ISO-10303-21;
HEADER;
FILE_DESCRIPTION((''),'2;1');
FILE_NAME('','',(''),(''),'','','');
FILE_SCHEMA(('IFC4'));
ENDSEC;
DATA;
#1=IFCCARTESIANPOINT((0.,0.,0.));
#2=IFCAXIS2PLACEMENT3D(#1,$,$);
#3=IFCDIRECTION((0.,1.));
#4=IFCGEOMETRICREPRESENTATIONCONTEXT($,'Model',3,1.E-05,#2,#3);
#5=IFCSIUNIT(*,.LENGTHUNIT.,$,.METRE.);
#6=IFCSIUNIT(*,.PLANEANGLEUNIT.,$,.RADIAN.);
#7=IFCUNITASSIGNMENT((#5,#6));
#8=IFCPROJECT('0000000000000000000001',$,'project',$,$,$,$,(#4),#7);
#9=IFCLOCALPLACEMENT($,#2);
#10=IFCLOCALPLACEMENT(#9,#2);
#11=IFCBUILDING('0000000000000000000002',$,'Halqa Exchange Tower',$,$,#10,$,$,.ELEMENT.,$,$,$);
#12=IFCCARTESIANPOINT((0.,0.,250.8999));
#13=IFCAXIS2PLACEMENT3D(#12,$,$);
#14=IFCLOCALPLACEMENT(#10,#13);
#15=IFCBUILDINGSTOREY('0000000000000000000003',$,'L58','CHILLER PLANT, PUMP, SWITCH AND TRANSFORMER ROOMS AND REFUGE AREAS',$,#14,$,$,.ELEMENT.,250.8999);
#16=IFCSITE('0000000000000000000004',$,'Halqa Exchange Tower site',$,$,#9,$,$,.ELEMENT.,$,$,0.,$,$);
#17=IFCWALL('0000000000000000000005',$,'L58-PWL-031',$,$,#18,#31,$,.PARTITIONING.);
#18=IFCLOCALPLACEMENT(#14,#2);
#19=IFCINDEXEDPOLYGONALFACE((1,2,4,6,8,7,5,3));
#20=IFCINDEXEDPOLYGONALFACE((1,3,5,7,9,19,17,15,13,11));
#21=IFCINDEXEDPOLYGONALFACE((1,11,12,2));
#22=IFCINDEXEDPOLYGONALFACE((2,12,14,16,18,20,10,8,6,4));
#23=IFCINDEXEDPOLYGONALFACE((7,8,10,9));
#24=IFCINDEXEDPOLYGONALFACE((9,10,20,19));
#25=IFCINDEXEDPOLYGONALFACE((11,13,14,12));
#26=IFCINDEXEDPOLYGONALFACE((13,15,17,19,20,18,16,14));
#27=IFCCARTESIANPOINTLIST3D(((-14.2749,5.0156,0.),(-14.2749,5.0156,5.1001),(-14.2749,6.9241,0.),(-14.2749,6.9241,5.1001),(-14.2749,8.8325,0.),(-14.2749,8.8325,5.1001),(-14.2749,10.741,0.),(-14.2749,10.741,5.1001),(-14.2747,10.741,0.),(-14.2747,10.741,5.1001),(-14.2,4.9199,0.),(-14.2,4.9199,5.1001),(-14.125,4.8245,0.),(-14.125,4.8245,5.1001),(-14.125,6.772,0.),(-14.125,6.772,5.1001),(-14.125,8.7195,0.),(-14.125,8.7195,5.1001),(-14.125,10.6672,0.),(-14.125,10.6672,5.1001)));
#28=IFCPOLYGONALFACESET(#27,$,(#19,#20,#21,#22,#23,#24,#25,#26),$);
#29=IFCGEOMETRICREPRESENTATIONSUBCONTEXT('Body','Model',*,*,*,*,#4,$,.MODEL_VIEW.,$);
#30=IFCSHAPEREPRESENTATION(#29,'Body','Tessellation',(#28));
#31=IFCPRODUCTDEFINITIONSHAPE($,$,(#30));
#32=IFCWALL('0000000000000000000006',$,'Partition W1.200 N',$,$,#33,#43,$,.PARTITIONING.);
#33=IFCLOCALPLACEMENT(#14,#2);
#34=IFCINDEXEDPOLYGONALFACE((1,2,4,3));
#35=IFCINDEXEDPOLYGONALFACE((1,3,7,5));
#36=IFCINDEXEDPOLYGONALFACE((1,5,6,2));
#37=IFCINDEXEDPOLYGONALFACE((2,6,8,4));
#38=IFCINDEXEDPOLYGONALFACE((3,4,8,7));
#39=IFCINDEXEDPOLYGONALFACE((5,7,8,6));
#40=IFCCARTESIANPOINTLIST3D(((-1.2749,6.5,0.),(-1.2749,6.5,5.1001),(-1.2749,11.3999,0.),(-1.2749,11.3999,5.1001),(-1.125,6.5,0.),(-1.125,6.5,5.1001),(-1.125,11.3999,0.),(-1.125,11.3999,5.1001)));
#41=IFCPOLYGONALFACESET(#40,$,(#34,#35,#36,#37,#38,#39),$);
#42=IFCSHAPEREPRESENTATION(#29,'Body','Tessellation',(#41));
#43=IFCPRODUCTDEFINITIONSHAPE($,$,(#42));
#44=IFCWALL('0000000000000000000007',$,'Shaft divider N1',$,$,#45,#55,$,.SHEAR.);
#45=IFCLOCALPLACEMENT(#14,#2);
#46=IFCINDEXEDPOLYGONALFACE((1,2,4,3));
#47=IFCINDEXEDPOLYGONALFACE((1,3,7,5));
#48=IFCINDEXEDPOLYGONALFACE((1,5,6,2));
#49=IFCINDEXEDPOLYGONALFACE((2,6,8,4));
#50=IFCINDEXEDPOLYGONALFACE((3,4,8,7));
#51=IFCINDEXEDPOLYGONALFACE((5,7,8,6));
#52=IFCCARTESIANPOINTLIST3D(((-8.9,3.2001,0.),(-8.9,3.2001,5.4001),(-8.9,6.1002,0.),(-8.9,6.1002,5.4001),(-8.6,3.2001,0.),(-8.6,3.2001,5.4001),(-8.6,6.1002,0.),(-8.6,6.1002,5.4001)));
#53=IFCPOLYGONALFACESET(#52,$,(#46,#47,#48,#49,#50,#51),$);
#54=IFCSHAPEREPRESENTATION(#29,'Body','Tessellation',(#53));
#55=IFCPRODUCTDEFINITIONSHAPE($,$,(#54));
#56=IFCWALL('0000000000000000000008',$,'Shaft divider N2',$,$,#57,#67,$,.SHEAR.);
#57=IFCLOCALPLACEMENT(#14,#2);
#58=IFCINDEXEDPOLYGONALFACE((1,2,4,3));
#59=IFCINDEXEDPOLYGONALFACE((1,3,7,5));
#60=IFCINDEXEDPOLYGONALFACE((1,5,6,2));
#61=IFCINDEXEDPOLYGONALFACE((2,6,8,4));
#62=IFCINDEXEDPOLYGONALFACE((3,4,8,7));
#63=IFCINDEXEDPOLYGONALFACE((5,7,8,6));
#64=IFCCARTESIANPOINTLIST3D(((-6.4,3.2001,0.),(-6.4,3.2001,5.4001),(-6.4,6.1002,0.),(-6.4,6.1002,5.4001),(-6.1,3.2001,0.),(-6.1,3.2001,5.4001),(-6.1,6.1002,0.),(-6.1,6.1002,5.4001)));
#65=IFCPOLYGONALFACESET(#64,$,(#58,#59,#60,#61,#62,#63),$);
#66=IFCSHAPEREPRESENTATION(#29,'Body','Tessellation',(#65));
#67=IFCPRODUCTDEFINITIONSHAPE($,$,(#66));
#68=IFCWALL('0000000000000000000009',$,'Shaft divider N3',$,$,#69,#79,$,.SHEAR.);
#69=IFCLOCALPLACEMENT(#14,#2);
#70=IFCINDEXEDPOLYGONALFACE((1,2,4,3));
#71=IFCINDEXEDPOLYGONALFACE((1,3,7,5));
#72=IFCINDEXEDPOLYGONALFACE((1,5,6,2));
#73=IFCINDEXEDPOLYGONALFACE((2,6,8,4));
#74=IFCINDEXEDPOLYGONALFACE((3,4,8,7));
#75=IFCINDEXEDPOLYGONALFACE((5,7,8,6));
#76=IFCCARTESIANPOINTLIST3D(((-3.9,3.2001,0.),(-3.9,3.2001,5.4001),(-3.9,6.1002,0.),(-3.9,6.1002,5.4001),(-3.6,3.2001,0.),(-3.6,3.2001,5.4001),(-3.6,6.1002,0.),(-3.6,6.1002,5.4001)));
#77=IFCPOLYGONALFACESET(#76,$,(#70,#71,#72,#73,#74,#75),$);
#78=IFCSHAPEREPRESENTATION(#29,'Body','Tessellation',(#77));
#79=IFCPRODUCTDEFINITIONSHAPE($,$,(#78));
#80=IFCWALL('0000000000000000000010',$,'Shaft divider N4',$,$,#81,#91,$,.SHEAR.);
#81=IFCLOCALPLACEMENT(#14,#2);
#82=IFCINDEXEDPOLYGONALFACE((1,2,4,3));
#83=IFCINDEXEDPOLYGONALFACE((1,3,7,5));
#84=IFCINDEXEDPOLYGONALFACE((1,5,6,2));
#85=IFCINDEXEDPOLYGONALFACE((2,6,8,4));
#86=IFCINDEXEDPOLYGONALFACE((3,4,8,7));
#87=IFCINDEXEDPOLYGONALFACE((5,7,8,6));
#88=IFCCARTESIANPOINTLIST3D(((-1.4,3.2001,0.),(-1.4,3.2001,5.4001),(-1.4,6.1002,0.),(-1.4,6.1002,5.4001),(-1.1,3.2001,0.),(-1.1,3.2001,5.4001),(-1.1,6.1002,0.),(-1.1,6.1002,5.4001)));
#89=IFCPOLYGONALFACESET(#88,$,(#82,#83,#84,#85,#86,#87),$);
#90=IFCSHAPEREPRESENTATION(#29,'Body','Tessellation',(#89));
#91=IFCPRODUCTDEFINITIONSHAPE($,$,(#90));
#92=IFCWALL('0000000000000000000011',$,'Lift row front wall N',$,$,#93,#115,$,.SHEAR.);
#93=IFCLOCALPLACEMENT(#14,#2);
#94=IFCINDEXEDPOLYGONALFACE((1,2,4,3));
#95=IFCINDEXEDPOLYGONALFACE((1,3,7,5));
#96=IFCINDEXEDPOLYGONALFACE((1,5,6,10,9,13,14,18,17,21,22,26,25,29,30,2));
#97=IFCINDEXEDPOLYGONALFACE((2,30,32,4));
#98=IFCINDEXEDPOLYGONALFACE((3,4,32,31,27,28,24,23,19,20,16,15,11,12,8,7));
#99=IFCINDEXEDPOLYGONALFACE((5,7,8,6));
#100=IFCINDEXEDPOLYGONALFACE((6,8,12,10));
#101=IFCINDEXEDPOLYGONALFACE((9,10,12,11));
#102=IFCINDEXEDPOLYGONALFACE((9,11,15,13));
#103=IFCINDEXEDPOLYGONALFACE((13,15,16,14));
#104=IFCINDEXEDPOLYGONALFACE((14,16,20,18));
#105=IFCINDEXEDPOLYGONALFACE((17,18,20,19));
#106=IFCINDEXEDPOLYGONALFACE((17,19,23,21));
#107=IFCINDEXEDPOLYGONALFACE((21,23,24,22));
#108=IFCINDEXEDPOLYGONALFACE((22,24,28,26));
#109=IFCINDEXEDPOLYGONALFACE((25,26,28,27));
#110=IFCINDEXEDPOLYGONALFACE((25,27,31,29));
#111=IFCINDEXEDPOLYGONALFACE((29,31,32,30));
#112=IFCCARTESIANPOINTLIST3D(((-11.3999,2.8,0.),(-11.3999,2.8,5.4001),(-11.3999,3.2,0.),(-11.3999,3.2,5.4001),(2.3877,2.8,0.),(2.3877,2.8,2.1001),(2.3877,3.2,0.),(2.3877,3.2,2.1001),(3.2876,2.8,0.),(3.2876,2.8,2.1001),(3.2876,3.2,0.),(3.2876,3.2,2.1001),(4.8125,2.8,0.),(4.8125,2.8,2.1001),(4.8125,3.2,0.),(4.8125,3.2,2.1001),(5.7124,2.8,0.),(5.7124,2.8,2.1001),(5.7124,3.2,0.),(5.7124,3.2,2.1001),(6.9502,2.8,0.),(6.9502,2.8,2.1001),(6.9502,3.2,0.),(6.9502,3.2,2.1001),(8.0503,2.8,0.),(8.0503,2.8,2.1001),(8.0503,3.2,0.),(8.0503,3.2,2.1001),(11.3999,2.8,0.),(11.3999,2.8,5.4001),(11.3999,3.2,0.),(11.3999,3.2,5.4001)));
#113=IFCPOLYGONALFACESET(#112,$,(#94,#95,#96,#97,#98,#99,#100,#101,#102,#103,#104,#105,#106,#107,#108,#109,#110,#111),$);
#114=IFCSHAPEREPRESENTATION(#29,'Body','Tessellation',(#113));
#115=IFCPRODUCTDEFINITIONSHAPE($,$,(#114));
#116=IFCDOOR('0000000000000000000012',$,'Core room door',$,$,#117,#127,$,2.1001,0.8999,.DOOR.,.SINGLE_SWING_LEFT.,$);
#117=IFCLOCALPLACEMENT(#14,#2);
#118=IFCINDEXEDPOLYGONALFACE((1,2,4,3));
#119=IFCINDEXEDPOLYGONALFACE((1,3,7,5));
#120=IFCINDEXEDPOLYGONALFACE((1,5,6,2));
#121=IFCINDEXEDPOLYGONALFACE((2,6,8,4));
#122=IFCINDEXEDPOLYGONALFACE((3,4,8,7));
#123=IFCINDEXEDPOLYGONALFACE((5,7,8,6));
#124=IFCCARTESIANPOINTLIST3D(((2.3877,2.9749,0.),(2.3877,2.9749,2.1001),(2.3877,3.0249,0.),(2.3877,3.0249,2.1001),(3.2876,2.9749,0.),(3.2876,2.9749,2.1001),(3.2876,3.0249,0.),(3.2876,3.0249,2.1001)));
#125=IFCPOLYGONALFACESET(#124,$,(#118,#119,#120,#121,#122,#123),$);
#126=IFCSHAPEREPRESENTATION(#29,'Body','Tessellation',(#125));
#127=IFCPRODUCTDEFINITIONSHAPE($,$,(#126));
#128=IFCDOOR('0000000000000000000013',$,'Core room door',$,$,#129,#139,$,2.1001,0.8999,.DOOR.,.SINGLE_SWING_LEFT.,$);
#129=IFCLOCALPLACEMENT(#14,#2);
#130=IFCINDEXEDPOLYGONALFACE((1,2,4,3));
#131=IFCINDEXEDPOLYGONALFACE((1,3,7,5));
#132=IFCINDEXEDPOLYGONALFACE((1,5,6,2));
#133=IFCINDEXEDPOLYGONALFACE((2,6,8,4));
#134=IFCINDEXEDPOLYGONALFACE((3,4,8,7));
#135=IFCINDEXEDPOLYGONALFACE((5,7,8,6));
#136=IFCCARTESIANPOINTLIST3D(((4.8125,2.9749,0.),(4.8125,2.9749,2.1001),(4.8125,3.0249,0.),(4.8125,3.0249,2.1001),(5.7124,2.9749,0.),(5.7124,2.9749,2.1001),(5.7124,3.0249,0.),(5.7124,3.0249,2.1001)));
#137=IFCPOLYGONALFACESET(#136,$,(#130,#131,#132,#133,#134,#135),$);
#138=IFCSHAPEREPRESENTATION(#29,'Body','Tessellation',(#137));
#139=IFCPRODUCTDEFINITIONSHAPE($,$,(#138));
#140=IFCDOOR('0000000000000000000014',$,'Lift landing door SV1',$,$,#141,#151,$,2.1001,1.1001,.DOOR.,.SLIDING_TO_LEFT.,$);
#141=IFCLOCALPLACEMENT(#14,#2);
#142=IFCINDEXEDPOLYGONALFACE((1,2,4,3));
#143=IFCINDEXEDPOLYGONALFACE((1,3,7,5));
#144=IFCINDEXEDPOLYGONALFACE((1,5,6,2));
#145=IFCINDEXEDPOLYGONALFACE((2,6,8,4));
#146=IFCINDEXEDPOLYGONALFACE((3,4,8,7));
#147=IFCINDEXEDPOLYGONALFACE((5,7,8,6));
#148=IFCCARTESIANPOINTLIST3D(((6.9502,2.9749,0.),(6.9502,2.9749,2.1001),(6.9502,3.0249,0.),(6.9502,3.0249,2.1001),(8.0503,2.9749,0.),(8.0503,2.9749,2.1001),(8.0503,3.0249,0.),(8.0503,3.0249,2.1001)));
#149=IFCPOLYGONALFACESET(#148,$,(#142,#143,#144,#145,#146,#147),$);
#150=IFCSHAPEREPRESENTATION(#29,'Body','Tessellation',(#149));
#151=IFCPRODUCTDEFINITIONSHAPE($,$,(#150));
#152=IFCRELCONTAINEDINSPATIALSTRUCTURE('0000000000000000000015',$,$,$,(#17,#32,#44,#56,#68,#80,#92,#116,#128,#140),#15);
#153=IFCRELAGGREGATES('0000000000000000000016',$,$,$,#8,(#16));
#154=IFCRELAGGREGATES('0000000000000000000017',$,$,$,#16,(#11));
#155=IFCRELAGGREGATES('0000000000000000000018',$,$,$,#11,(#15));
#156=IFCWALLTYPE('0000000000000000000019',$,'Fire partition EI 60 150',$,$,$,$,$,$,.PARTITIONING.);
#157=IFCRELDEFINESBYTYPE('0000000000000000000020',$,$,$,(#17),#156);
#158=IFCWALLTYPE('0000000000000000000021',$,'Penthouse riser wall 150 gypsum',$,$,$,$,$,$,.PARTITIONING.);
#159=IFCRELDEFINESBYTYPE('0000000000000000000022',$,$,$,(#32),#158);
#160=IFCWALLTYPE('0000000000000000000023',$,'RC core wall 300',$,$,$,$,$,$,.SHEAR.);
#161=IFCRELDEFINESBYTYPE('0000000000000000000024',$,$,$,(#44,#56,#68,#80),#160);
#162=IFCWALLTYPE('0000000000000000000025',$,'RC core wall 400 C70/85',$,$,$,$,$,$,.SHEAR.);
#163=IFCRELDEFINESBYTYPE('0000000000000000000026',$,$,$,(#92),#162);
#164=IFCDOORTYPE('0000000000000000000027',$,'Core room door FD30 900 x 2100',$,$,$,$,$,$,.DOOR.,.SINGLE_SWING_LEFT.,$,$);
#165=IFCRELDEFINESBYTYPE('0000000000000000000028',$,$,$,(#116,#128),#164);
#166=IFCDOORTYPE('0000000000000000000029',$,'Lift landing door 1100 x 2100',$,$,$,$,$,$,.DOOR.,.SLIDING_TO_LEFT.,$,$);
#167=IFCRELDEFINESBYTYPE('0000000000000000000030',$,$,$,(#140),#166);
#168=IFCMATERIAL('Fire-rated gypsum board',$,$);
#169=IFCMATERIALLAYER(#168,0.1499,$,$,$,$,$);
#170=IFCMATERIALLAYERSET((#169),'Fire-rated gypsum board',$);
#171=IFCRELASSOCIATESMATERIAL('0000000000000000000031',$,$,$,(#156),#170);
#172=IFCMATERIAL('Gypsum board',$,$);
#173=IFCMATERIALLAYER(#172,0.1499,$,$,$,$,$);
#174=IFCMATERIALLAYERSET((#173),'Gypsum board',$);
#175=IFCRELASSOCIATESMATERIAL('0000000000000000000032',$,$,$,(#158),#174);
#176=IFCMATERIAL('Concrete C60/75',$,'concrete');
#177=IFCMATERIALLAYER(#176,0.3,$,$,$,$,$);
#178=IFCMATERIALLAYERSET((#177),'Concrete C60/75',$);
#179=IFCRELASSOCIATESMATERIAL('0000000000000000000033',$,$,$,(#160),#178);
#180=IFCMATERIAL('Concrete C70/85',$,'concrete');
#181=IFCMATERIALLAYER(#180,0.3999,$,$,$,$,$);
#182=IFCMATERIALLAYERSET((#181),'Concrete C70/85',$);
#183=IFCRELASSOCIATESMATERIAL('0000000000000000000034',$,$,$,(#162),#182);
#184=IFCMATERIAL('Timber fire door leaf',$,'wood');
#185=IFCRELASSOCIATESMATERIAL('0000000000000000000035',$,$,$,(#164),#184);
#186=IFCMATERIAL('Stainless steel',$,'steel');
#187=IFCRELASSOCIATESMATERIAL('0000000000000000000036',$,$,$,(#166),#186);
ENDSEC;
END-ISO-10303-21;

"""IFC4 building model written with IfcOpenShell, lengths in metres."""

from ifc_helpers import new_model, si_unit, direction, frame, frame_2d, origin, place, context, subcontext, project, spatial, polyline, rectangle, outline, extrude, material, layer, layer_set, type_object, element, fill, save


model = new_model("IFC4")

# Units and contexts
model_context = context("Model", 3, precision=1e-05, world=origin(), true_north=direction((0.0, 1.0)))
body_context = subcontext(model_context, "Body", "Model", "MODEL_VIEW")
ifc_project = project(units=[si_unit("LENGTHUNIT", "METRE"), si_unit("PLANEANGLEUNIT", "RADIAN")], contexts=[model_context])

# Site, building, storey
site_placement = place(None, origin())
site = spatial("IfcSite", under=ifc_project, at=site_placement, Name="Halqa Exchange Tower site", CompositionType="ELEMENT", RefElevation=0.0)
building_placement = place(site_placement, origin())
building = spatial("IfcBuilding", under=site, at=building_placement, Name="Halqa Exchange Tower", CompositionType="ELEMENT")
storey_placement = place(building_placement, frame((0.0, 0.0, 250.8999)))
storey = spatial("IfcBuildingStorey", under=building, at=storey_placement, Name="L58", Description="CHILLER PLANT, PUMP, SWITCH AND TRANSFORMER ROOMS AND REFUGE AREAS", CompositionType="ELEMENT", Elevation=250.8999)

# Walls
ifc_material_1 = material(Name="Fire-rated gypsum board")
ifc_layer_1 = layer(ifc_material_1, 0.1499)
ifc_layer_set_1 = layer_set([ifc_layer_1], Name="Fire-rated gypsum board")
wall_type_1 = type_object("IfcWallType", Name="Fire partition EI 60 150", PredefinedType="PARTITIONING", material=ifc_layer_set_1)
wall_1_placement = place(storey_placement, frame((-14.2, 4.8245, 0.0), z_axis=(0.0, 0.0, 1.0), x_axis=(0.0, 1.0, 0.0)))
element("IfcWall", 1, at=wall_1_placement, inside=storey, type_object=wall_type_1, Name="L58-PWL-031", PredefinedType="PARTITIONING", context=body_context, shape_type="SweptSolid", body=[
    extrude(outline(polyline([(0.0, -0.075), (1.9475, -0.075), (3.895, -0.075), (5.8428, -0.075), (5.9165, 0.0747), (5.9165, 0.075), (4.0081, 0.075), (2.0996, 0.075), (0.1912, 0.075), (0.0955, 0.0), (0.0, -0.075), (0.0, -0.075)])), origin(), (0.0, 0.0, 1.0), 5.1001),
])
ifc_material_2 = material(Name="Gypsum board")
ifc_layer_2 = layer(ifc_material_2, 0.1499)
ifc_layer_set_2 = layer_set([ifc_layer_2], Name="Gypsum board")
wall_type_2 = type_object("IfcWallType", Name="Penthouse riser wall 150 gypsum", PredefinedType="PARTITIONING", material=ifc_layer_set_2)
wall_2_placement = place(storey_placement, frame((-1.2, 6.5, 0.0), z_axis=(0.0, 0.0, 1.0), x_axis=(0.0, 1.0, 0.0)))
element("IfcWall", 2, at=wall_2_placement, inside=storey, type_object=wall_type_2, Name="Partition W1.200 N", PredefinedType="PARTITIONING", context=body_context, shape_type="SweptSolid", body=[
    extrude(rectangle(XDim=4.8999, YDim=0.1499, at=frame_2d((2.45, 0.0))), origin(), (0.0, 0.0, 1.0), 5.1001),
])
ifc_material_3 = material(Name="Concrete C60/75", Category="concrete")
ifc_layer_3 = layer(ifc_material_3, 0.3)
ifc_layer_set_3 = layer_set([ifc_layer_3], Name="Concrete C60/75")
wall_type_3 = type_object("IfcWallType", Name="RC core wall 300", PredefinedType="SHEAR", material=ifc_layer_set_3)
for number, where, z_axis, x_axis, name in (
    (3, (-8.75, 3.2, 0.0), (0.0, 0.0, 1.0), (0.0, 1.0, 0.0), "Shaft divider N1"),
    (4, (-6.25, 3.2, 0.0), (0.0, 0.0, 1.0), (0.0, 1.0, 0.0), "Shaft divider N2"),
    (5, (-3.75, 3.2, 0.0), (0.0, 0.0, 1.0), (0.0, 1.0, 0.0), "Shaft divider N3"),
    (6, (-1.25, 3.2, 0.0), (0.0, 0.0, 1.0), (0.0, 1.0, 0.0), "Shaft divider N4"),
):
    element("IfcWall", number, at=place(storey_placement, frame(where, z_axis=z_axis, x_axis=x_axis)), inside=storey, type_object=wall_type_3, Name=name, PredefinedType="SHEAR", context=body_context, shape_type="SweptSolid", body=[
        extrude(rectangle(XDim=2.9001, YDim=0.3, at=frame_2d((1.4502, 0.0))), origin(), (0.0, 0.0, 1.0), 5.4001),
    ])

# Wall, openings, doors
ifc_material_4 = material(Name="Concrete C70/85", Category="concrete")
ifc_layer_4 = layer(ifc_material_4, 0.3999)
ifc_layer_set_4 = layer_set([ifc_layer_4], Name="Concrete C70/85")
wall_type_4 = type_object("IfcWallType", Name="RC core wall 400 C70/85", PredefinedType="SHEAR", material=ifc_layer_set_4)
wall_3_placement = place(storey_placement, frame((-11.3999, 3.0, 0.0), z_axis=(0.0, 0.0, 1.0), x_axis=(1.0, 0.0, 0.0)))
wall_3 = element("IfcWall", 7, at=wall_3_placement, inside=storey, type_object=wall_type_4, Name="Lift row front wall N", PredefinedType="SHEAR", context=body_context, shape_type="SweptSolid", body=[
    extrude(rectangle(XDim=22.7998, YDim=0.3999, at=frame_2d((11.3999, 0.0))), origin(), (0.0, 0.0, 1.0), 5.4001),
])
opening_1_placement = place(wall_3_placement, frame((18.3501, 0.0, 0.0)))
opening_1 = element("IfcOpeningElement", 8, at=opening_1_placement, cuts=wall_3, PredefinedType="OPENING", context=body_context, shape_type="SweptSolid", body=[
    extrude(rectangle(XDim=1.1001, YDim=2.1001, at=frame_2d((0.55, 1.05))), frame((0.0, 0.2119, 0.0), z_axis=(0.0, -1.0, 0.0), x_axis=(1.0, 0.0, 0.0)), (0.0, 0.0, 1.0), 0.4238),
])
opening_2_placement = place(wall_3_placement, frame((13.7876, 0.0, 0.0)))
opening_2 = element("IfcOpeningElement", 9, at=opening_2_placement, cuts=wall_3, PredefinedType="OPENING", context=body_context, shape_type="SweptSolid", body=[
    extrude(rectangle(XDim=0.8999, YDim=2.1001, at=frame_2d((0.45, 1.05))), frame((0.0, 0.2119, 0.0), z_axis=(0.0, -1.0, 0.0), x_axis=(1.0, 0.0, 0.0)), (0.0, 0.0, 1.0), 0.4238),
])
opening_3_placement = place(wall_3_placement, frame((16.2124, 0.0, 0.0)))
opening_3 = element("IfcOpeningElement", 10, at=opening_3_placement, cuts=wall_3, PredefinedType="OPENING", context=body_context, shape_type="SweptSolid", body=[
    extrude(rectangle(XDim=0.8999, YDim=2.1001, at=frame_2d((0.45, 1.05))), frame((0.0, 0.2119, 0.0), z_axis=(0.0, -1.0, 0.0), x_axis=(1.0, 0.0, 0.0)), (0.0, 0.0, 1.0), 0.4238),
])
ifc_material_5 = material(Name="Timber fire door leaf", Category="wood")
door_type_1 = type_object("IfcDoorType", Name="Core room door FD30 900 x 2100", OperationType="SINGLE_SWING_LEFT", PredefinedType="DOOR", material=ifc_material_5)
door_1_placement = place(opening_2_placement, origin())
door_1 = element("IfcDoor", 11, at=door_1_placement, inside=storey, type_object=door_type_1, Name="Core room door", OperationType="SINGLE_SWING_LEFT", OverallHeight=2.1001, OverallWidth=0.8999, PredefinedType="DOOR", context=body_context, shape_type="SweptSolid", body=[
    extrude(rectangle(XDim=0.8999, YDim=2.1001, at=frame_2d((0.45, 1.05))), frame((0.0, 0.0249, 0.0), z_axis=(0.0, -1.0, 0.0), x_axis=(1.0, 0.0, 0.0)), (0.0, 0.0, 1.0), 0.05),
])
fill(opening_2, door_1)
door_2_placement = place(opening_3_placement, origin())
door_2 = element("IfcDoor", 12, at=door_2_placement, inside=storey, type_object=door_type_1, Name="Core room door", OperationType="SINGLE_SWING_LEFT", OverallHeight=2.1001, OverallWidth=0.8999, PredefinedType="DOOR", context=body_context, shape_type="SweptSolid", body=[
    extrude(rectangle(XDim=0.8999, YDim=2.1001, at=frame_2d((0.45, 1.05))), frame((0.0, 0.0249, 0.0), z_axis=(0.0, -1.0, 0.0), x_axis=(1.0, 0.0, 0.0)), (0.0, 0.0, 1.0), 0.05),
])
fill(opening_3, door_2)
ifc_material_6 = material(Name="Stainless steel", Category="steel")
door_type_2 = type_object("IfcDoorType", Name="Lift landing door 1100 x 2100", OperationType="SLIDING_TO_LEFT", PredefinedType="DOOR", material=ifc_material_6)
door_3_placement = place(opening_1_placement, origin())
door_3 = element("IfcDoor", 13, at=door_3_placement, inside=storey, type_object=door_type_2, Name="Lift landing door SV1", OperationType="SLIDING_TO_LEFT", OverallHeight=2.1001, OverallWidth=1.1001, PredefinedType="DOOR", context=body_context, shape_type="SweptSolid", body=[
    extrude(rectangle(XDim=1.1001, YDim=2.1001, at=frame_2d((0.55, 1.05))), frame((0.0, 0.0249, 0.0), z_axis=(0.0, -1.0, 0.0), x_axis=(1.0, 0.0, 0.0)), (0.0, 0.0, 1.0), 0.05),
])
fill(opening_1, door_3)

save(model, "model.ifc")
